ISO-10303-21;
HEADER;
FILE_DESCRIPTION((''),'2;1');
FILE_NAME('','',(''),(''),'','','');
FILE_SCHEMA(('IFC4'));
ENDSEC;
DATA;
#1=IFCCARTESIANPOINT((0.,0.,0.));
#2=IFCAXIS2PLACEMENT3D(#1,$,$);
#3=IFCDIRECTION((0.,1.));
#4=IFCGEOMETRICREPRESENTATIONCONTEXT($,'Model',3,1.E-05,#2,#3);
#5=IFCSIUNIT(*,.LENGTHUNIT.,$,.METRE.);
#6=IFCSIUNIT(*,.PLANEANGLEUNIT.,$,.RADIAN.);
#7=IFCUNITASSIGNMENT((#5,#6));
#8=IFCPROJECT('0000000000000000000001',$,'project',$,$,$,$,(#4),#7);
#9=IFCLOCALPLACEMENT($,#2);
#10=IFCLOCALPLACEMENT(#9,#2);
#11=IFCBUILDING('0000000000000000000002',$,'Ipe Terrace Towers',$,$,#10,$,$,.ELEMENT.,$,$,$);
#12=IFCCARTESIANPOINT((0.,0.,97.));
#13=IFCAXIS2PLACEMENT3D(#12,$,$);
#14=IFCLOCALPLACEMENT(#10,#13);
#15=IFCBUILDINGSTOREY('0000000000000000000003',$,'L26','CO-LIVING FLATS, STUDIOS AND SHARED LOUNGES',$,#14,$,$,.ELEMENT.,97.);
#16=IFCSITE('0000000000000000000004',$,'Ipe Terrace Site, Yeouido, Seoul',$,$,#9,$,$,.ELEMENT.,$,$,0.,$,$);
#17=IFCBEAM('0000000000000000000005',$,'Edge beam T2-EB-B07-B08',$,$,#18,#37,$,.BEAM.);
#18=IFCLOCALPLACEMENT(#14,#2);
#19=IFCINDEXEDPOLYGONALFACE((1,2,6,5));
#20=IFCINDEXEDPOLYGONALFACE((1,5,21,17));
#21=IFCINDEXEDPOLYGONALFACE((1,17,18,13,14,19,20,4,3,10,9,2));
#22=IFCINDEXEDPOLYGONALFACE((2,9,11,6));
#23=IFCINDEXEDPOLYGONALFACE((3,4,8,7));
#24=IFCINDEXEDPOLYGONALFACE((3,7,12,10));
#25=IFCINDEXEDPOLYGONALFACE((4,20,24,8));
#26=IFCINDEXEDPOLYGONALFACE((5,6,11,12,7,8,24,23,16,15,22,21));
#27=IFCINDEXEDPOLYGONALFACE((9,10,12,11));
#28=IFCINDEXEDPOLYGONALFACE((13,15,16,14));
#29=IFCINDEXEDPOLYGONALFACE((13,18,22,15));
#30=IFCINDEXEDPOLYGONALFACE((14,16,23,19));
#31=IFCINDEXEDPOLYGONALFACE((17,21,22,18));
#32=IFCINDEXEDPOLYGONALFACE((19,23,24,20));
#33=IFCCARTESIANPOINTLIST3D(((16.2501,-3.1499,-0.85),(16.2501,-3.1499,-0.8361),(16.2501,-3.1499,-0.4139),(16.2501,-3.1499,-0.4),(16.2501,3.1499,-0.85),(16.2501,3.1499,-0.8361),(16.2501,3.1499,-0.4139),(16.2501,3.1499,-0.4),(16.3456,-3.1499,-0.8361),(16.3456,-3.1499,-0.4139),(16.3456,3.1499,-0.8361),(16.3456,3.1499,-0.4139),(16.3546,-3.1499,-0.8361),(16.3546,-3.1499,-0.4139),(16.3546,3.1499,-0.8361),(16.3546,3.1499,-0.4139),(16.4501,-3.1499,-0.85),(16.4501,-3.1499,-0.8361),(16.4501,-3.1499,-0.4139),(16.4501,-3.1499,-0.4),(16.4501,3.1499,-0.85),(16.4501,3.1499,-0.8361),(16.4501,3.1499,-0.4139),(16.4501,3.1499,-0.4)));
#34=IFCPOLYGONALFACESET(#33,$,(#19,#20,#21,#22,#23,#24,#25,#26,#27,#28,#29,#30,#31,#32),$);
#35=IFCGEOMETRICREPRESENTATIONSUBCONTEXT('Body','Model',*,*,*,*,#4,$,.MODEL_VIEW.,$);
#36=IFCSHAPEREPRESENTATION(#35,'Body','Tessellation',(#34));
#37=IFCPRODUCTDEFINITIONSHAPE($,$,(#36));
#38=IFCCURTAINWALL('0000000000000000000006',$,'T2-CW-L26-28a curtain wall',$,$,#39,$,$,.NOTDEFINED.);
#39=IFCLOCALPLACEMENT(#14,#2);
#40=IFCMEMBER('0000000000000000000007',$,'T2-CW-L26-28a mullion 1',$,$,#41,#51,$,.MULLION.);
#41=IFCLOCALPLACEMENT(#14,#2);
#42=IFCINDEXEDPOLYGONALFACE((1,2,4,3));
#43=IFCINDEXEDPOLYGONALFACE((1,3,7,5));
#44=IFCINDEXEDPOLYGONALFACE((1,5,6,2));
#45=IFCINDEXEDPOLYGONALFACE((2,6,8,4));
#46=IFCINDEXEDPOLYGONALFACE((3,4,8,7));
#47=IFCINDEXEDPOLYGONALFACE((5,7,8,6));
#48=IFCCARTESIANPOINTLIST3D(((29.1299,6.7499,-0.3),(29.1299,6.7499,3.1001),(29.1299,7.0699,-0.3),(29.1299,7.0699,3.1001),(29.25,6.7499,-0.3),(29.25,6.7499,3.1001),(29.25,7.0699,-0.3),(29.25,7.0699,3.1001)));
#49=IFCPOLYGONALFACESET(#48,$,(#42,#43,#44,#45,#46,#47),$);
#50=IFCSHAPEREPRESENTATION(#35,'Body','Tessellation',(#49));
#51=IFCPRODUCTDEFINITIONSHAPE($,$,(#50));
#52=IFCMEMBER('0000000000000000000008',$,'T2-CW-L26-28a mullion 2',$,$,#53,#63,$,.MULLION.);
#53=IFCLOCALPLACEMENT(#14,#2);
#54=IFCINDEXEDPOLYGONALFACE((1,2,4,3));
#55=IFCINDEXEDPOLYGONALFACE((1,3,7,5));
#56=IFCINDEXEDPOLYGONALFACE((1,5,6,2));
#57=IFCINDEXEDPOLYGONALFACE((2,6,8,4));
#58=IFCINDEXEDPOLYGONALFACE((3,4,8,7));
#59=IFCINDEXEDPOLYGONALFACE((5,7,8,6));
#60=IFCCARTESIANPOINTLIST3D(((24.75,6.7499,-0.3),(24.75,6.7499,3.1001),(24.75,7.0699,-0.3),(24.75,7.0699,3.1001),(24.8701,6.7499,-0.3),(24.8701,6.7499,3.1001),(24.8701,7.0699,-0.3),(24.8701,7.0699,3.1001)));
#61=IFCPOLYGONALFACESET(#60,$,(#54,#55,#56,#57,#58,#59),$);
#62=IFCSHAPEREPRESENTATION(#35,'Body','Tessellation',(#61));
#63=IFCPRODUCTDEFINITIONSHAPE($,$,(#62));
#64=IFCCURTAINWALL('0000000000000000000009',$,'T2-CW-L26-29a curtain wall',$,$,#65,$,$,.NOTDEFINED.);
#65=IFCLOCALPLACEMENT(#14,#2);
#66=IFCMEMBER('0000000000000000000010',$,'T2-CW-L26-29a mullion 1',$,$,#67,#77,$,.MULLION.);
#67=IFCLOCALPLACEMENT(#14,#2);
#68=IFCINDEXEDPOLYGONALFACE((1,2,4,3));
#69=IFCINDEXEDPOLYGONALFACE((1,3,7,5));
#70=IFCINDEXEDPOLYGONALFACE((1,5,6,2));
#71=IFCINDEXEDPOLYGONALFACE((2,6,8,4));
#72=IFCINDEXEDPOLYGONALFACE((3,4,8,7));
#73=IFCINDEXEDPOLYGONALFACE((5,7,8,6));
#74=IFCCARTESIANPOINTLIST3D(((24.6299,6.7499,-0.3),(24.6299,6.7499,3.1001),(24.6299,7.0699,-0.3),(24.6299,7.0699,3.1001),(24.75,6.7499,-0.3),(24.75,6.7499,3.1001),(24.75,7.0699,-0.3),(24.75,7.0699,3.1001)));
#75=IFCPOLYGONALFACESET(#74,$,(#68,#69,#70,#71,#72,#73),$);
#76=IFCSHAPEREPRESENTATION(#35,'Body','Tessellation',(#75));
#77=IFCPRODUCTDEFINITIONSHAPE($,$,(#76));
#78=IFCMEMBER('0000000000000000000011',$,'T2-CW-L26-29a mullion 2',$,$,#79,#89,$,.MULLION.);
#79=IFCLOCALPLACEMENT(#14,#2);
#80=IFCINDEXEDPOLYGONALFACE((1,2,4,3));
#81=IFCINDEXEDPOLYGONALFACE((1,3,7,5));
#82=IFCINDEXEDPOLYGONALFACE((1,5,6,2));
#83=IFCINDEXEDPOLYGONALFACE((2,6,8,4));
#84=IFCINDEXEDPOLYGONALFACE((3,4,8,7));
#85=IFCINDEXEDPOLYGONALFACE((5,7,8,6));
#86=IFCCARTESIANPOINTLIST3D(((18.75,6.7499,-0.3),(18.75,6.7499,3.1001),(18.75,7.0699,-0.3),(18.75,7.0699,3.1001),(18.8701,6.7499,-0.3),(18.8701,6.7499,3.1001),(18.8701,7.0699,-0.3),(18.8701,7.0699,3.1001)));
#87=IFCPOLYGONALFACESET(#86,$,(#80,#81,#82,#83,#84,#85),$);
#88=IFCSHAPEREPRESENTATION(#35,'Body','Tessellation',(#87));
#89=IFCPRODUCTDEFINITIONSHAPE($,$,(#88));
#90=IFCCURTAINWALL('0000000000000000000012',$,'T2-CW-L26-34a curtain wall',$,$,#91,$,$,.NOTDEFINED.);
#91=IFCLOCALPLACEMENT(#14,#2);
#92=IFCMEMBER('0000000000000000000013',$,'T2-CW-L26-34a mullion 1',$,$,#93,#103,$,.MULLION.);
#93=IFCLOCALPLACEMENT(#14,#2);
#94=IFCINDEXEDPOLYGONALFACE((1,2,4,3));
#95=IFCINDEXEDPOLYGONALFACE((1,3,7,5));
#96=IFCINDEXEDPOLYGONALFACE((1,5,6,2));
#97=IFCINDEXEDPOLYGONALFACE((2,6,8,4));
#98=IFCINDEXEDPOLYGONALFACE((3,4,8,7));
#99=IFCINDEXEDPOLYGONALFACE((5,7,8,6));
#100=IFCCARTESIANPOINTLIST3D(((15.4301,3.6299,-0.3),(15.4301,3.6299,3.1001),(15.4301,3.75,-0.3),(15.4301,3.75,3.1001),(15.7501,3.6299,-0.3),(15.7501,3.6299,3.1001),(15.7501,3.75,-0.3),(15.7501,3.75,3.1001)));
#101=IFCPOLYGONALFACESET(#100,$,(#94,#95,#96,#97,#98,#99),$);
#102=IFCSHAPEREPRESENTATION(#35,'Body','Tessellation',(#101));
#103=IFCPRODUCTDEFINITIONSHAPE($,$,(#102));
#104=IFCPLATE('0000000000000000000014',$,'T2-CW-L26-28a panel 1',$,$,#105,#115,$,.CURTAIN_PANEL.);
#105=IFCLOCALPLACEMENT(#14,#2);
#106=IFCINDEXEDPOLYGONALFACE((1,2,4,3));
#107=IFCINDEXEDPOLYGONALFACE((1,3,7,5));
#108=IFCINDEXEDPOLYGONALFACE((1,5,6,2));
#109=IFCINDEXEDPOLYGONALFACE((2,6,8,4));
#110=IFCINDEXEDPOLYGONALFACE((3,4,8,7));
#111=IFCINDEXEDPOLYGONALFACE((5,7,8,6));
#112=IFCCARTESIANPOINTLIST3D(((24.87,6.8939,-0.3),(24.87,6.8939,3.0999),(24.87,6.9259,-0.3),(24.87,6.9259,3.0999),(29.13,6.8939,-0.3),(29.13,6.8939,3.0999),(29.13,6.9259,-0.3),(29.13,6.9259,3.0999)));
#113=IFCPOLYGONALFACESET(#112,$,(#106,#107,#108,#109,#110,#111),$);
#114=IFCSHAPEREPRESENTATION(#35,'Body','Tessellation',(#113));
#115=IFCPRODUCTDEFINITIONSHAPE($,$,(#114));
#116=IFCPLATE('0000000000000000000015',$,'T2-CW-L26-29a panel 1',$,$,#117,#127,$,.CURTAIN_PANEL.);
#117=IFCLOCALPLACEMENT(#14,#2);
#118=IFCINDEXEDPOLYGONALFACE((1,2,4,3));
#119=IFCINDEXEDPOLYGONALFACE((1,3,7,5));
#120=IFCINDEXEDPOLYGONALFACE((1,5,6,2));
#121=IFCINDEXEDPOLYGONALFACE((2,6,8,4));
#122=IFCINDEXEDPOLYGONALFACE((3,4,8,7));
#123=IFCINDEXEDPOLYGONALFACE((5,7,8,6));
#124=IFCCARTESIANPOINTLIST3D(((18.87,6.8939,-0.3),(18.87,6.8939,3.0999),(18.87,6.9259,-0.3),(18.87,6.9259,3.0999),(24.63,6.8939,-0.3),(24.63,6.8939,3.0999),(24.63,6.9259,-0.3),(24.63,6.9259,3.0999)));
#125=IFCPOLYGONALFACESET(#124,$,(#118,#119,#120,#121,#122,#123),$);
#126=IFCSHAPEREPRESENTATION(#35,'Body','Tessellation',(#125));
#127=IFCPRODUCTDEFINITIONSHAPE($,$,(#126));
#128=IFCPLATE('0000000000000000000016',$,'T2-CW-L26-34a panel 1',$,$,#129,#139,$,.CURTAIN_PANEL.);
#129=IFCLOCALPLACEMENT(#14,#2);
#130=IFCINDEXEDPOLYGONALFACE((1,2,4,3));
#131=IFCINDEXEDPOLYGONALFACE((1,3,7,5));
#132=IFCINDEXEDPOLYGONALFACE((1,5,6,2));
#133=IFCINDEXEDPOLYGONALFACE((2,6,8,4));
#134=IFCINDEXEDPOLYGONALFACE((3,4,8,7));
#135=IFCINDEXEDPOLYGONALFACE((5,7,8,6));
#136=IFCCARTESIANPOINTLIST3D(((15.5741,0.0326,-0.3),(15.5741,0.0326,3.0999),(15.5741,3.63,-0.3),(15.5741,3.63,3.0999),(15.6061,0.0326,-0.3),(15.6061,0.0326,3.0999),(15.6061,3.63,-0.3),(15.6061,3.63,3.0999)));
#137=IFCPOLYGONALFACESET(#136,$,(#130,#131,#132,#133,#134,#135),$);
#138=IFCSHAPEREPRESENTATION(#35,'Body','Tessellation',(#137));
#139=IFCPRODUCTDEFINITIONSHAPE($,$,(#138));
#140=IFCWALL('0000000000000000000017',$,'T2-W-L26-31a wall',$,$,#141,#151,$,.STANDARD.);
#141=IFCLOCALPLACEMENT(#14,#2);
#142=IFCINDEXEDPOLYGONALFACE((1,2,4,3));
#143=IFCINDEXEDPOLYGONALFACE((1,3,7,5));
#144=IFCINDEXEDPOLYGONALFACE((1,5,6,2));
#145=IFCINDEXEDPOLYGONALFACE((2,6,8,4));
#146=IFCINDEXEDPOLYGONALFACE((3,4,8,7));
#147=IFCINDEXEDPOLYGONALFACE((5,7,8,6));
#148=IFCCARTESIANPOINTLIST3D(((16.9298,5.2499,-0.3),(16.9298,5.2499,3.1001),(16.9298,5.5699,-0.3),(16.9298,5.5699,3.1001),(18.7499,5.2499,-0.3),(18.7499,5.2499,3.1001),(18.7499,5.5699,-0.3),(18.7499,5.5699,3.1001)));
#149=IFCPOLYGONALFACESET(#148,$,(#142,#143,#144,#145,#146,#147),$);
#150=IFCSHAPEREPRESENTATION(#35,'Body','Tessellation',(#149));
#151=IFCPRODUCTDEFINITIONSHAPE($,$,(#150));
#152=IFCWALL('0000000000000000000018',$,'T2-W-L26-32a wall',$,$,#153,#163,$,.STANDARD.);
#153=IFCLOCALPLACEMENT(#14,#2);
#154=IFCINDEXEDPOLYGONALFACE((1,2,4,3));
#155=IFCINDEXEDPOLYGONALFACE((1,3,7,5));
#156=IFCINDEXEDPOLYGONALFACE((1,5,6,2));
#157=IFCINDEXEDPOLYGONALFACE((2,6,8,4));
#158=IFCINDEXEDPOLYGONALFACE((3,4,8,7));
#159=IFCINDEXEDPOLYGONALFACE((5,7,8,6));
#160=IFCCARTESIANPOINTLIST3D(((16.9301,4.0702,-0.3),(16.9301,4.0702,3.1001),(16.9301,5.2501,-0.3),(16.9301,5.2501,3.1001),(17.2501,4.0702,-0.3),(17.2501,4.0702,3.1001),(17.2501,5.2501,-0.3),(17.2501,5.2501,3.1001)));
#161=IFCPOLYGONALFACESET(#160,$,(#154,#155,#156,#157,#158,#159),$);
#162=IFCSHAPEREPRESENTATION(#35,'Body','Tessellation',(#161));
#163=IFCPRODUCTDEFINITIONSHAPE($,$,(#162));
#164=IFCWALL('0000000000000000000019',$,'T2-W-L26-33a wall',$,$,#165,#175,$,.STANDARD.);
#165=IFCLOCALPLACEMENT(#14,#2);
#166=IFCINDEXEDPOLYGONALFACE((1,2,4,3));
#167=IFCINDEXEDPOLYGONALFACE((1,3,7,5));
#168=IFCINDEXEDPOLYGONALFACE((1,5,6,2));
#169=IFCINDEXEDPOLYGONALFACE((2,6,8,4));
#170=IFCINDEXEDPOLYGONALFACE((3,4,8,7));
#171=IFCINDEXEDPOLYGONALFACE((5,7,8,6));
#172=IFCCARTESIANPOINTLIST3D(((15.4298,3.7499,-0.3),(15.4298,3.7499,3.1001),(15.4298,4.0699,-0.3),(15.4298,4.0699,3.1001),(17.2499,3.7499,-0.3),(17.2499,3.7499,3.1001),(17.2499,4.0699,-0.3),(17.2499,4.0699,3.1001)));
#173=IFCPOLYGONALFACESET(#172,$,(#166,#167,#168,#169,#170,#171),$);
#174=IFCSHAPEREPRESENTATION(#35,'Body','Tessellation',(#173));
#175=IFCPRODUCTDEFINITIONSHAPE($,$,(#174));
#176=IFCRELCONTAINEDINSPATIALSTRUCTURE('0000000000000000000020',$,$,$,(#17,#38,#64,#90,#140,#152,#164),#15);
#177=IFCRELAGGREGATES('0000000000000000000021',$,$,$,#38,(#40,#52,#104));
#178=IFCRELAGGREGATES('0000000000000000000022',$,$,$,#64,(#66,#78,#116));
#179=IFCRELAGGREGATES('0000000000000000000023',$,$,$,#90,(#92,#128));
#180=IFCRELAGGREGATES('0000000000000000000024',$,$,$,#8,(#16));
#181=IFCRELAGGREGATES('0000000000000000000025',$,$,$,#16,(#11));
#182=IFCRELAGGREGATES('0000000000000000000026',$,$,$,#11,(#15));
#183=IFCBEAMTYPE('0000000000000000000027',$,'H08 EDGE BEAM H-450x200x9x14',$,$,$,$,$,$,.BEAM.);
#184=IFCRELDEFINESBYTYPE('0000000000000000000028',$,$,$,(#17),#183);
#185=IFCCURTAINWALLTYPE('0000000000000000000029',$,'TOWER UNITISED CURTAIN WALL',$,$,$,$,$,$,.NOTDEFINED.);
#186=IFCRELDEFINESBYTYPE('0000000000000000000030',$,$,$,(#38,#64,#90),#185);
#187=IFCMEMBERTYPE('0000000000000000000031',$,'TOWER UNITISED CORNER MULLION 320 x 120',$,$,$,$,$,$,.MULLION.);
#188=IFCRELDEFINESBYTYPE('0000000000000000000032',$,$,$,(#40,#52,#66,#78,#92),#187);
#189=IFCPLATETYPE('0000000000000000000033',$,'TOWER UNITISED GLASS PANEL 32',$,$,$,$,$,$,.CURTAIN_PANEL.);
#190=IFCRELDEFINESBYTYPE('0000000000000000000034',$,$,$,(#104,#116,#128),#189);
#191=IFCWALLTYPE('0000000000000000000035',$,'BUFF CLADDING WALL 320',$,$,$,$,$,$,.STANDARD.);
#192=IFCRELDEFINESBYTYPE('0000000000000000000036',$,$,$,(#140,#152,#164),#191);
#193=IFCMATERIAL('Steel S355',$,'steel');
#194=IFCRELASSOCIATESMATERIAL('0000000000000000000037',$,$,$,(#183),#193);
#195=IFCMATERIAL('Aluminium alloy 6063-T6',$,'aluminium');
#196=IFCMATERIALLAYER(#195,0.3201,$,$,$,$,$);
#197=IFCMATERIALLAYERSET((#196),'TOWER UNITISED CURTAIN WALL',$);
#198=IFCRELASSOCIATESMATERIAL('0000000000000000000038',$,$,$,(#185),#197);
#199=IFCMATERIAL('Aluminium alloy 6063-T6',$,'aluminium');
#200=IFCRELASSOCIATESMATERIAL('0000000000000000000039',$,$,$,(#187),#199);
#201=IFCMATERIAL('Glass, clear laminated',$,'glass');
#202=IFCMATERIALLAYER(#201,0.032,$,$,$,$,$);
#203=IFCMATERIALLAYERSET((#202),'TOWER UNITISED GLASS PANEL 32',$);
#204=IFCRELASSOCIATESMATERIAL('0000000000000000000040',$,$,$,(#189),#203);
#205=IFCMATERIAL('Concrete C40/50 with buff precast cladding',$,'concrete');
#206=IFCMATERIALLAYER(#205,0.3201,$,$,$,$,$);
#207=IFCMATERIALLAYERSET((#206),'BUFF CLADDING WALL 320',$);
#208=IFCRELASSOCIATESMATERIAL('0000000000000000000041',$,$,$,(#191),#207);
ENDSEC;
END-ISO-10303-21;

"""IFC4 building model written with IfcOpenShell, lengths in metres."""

from ifc_helpers import new_model, si_unit, direction, frame, frame_2d, origin, origin_2d, place, context, subcontext, project, spatial, rectangle, i_section, extrude, material, layer, layer_set, material_profile, profile_set, type_object, element, aggregate, save


model = new_model("IFC4")

# Units and contexts
model_context = context("Model", 3, precision=1e-05, world=origin(), true_north=direction((0.0, 1.0)))
body_context = subcontext(model_context, "Body", "Model", "MODEL_VIEW")
ifc_project = project(units=[si_unit("LENGTHUNIT", "METRE"), si_unit("PLANEANGLEUNIT", "RADIAN")], contexts=[model_context])

# Site, building, storey
site_placement = place(None, origin())
site = spatial("IfcSite", under=ifc_project, at=site_placement, Name="Ipe Terrace Site, Yeouido, Seoul", CompositionType="ELEMENT", RefElevation=0.0)
building_placement = place(site_placement, origin())
building = spatial("IfcBuilding", under=site, at=building_placement, Name="Ipe Terrace Towers", CompositionType="ELEMENT")
storey_placement = place(building_placement, frame((0.0, 0.0, 97.0)))
storey = spatial("IfcBuildingStorey", under=building, at=storey_placement, Name="L26", Description="CO-LIVING FLATS, STUDIOS AND SHARED LOUNGES", CompositionType="ELEMENT", Elevation=97.0)

# Beam
ifc_material_1 = material(Name="Steel S355", Category="steel")
ifc_material_profile_1 = material_profile(ifc_material_1, i_section(OverallWidth=0.2, OverallDepth=0.45, WebThickness=0.009, FlangeThickness=0.0139, at=origin_2d()), Name="H-450x200x9x14")
ifc_profile_set_1 = profile_set([ifc_material_profile_1], Name="Steel S355")
beam_type_1 = type_object("IfcBeamType", Name="H08 EDGE BEAM H-450x200x9x14", PredefinedType="BEAM", material=ifc_profile_set_1)
beam_1_placement = place(storey_placement, frame((16.3501, 3.1499, -0.625), z_axis=(0.0, -1.0, 0.0), x_axis=(1.0, 0.0, 0.0)))
element("IfcBeam", 1, at=beam_1_placement, inside=storey, type_object=beam_type_1, Name="Edge beam T2-EB-B07-B08", PredefinedType="BEAM", context=body_context, shape_type="SweptSolid", body=[
    extrude(i_section(OverallWidth=0.2, OverallDepth=0.45, WebThickness=0.009, FlangeThickness=0.0139, at=origin_2d()), origin(), (0.0, 0.0, 1.0), 6.2998),
])

# Curtain walls, members
ifc_material_2 = material(Name="Aluminium alloy 6063-T6", Category="aluminium")
ifc_layer_1 = layer(ifc_material_2, 0.3201)
ifc_layer_set_1 = layer_set([ifc_layer_1], Name="TOWER UNITISED CURTAIN WALL")
curtain_wall_type = type_object("IfcCurtainWallType", Name="TOWER UNITISED CURTAIN WALL", PredefinedType="NOTDEFINED", material=ifc_layer_set_1)
curtain_wall_1_placement = place(storey_placement, origin())
curtain_wall_1 = element("IfcCurtainWall", 2, at=curtain_wall_1_placement, inside=storey, type_object=curtain_wall_type, Name="T2-CW-L26-28a curtain wall", PredefinedType="NOTDEFINED")
ifc_material_3 = material(Name="Aluminium alloy 6063-T6", Category="aluminium")
ifc_material_profile_2 = material_profile(ifc_material_3, rectangle(XDim=0.3201, YDim=0.1201, at=origin_2d()), Name="TOWER UNITISED CORNER MULLION 320 x 120")
ifc_profile_set_2 = profile_set([ifc_material_profile_2], Name="Aluminium alloy 6063-T6")
member_type = type_object("IfcMemberType", Name="TOWER UNITISED CORNER MULLION 320 x 120", PredefinedType="MULLION", material=ifc_profile_set_2)
member_1_placement = place(storey_placement, frame((29.1899, 6.9099, -0.3), z_axis=(0.0, 0.0, 1.0), x_axis=(0.0, 1.0, 0.0)))
member_1 = element("IfcMember", 3, at=member_1_placement, type_object=member_type, Name="T2-CW-L26-28a mullion 1", PredefinedType="MULLION", context=body_context, shape_type="SweptSolid", body=[
    extrude(rectangle(XDim=0.3201, YDim=0.1201, at=origin_2d()), origin(), (0.0, 0.0, 1.0), 3.4001),
])
member_2_placement = place(storey_placement, frame((24.8101, 6.9099, -0.3), z_axis=(0.0, 0.0, 1.0), x_axis=(0.0, 1.0, 0.0)))
member_2 = element("IfcMember", 4, at=member_2_placement, type_object=member_type, Name="T2-CW-L26-28a mullion 2", PredefinedType="MULLION", context=body_context, shape_type="SweptSolid", body=[
    extrude(rectangle(XDim=0.3201, YDim=0.1201, at=origin_2d()), origin(), (0.0, 0.0, 1.0), 3.4001),
])
curtain_wall_2_placement = place(storey_placement, origin())
curtain_wall_2 = element("IfcCurtainWall", 5, at=curtain_wall_2_placement, inside=storey, type_object=curtain_wall_type, Name="T2-CW-L26-29a curtain wall", PredefinedType="NOTDEFINED")
member_3_placement = place(storey_placement, frame((24.6899, 6.9099, -0.3), z_axis=(0.0, 0.0, 1.0), x_axis=(0.0, 1.0, 0.0)))
member_3 = element("IfcMember", 6, at=member_3_placement, type_object=member_type, Name="T2-CW-L26-29a mullion 1", PredefinedType="MULLION", context=body_context, shape_type="SweptSolid", body=[
    extrude(rectangle(XDim=0.3201, YDim=0.1201, at=origin_2d()), origin(), (0.0, 0.0, 1.0), 3.4001),
])
member_4_placement = place(storey_placement, frame((18.8101, 6.9099, -0.3), z_axis=(0.0, 0.0, 1.0), x_axis=(0.0, 1.0, 0.0)))
member_4 = element("IfcMember", 7, at=member_4_placement, type_object=member_type, Name="T2-CW-L26-29a mullion 2", PredefinedType="MULLION", context=body_context, shape_type="SweptSolid", body=[
    extrude(rectangle(XDim=0.3201, YDim=0.1201, at=origin_2d()), origin(), (0.0, 0.0, 1.0), 3.4001),
])

# Curtain wall, member
curtain_wall_3_placement = place(storey_placement, origin())
curtain_wall_3 = element("IfcCurtainWall", 8, at=curtain_wall_3_placement, inside=storey, type_object=curtain_wall_type, Name="T2-CW-L26-34a curtain wall", PredefinedType="NOTDEFINED")
member_5_placement = place(storey_placement, frame((15.5901, 3.6899, -0.3), z_axis=(0.0, 0.0, 1.0), x_axis=(-1.0, 0.0, 0.0)))
member_5 = element("IfcMember", 9, at=member_5_placement, type_object=member_type, Name="T2-CW-L26-34a mullion 1", PredefinedType="MULLION", context=body_context, shape_type="SweptSolid", body=[
    extrude(rectangle(XDim=0.3201, YDim=0.1201, at=origin_2d()), origin(), (0.0, 0.0, 1.0), 3.4001),
])

# Plates
ifc_material_4 = material(Name="Glass, clear laminated", Category="glass")
ifc_layer_2 = layer(ifc_material_4, 0.032)
ifc_layer_set_2 = layer_set([ifc_layer_2], Name="TOWER UNITISED GLASS PANEL 32")
plate_type = type_object("IfcPlateType", Name="TOWER UNITISED GLASS PANEL 32", PredefinedType="CURTAIN_PANEL", material=ifc_layer_set_2)
plate_1_placement = place(storey_placement, frame((27.0, 6.9099, -0.3), z_axis=(0.0, 0.0, 1.0), x_axis=(-1.0, 0.0, 0.0)))
plate_1 = element("IfcPlate", 10, at=plate_1_placement, type_object=plate_type, Name="T2-CW-L26-28a panel 1", PredefinedType="CURTAIN_PANEL", context=body_context, shape_type="SweptSolid", body=[
    extrude(rectangle(XDim=4.26, YDim=0.032, at=origin_2d()), origin(), (0.0, 0.0, 1.0), 3.3999),
])
aggregate(curtain_wall_1, [member_1, member_2, plate_1])
plate_2_placement = place(storey_placement, frame((21.75, 6.9099, -0.3), z_axis=(0.0, 0.0, 1.0), x_axis=(-1.0, 0.0, 0.0)))
plate_2 = element("IfcPlate", 11, at=plate_2_placement, type_object=plate_type, Name="T2-CW-L26-29a panel 1", PredefinedType="CURTAIN_PANEL", context=body_context, shape_type="SweptSolid", body=[
    extrude(rectangle(XDim=5.76, YDim=0.032, at=origin_2d()), origin(), (0.0, 0.0, 1.0), 3.3999),
])
aggregate(curtain_wall_2, [member_3, member_4, plate_2])
plate_3_placement = place(storey_placement, frame((15.5901, 1.8313, -0.3), z_axis=(0.0, 0.0, 1.0), x_axis=(0.0, -1.0, 0.0)))
plate_3 = element("IfcPlate", 12, at=plate_3_placement, type_object=plate_type, Name="T2-CW-L26-34a panel 1", PredefinedType="CURTAIN_PANEL", context=body_context, shape_type="SweptSolid", body=[
    extrude(rectangle(XDim=3.5974, YDim=0.032, at=origin_2d()), origin(), (0.0, 0.0, 1.0), 3.3999),
])
aggregate(curtain_wall_3, [member_5, plate_3])

# Walls
ifc_material_5 = material(Name="Concrete C40/50 with buff precast cladding", Category="concrete")
ifc_layer_3 = layer(ifc_material_5, 0.3201)
ifc_layer_set_3 = layer_set([ifc_layer_3], Name="BUFF CLADDING WALL 320")
wall_type_1 = type_object("IfcWallType", Name="BUFF CLADDING WALL 320", PredefinedType="STANDARD", material=ifc_layer_set_3)
wall_1_placement = place(storey_placement, frame((18.75, 5.4099, -0.3), z_axis=(0.0, 0.0, 1.0), x_axis=(-1.0, 0.0, 0.0)))
element("IfcWall", 13, at=wall_1_placement, inside=storey, type_object=wall_type_1, Name="T2-W-L26-31a wall", PredefinedType="STANDARD", context=body_context, shape_type="SweptSolid", body=[
    extrude(rectangle(XDim=1.8201, YDim=0.3201, at=frame_2d((0.9102, 0.0))), origin(), (0.0, 0.0, 1.0), 3.4001),
])
wall_2_placement = place(storey_placement, frame((17.0901, 5.25, -0.3), z_axis=(0.0, 0.0, 1.0), x_axis=(0.0, -1.0, 0.0)))
element("IfcWall", 14, at=wall_2_placement, inside=storey, type_object=wall_type_1, Name="T2-W-L26-32a wall", PredefinedType="STANDARD", context=body_context, shape_type="SweptSolid", body=[
    extrude(rectangle(XDim=1.1799, YDim=0.3201, at=frame_2d((0.5898, 0.0))), origin(), (0.0, 0.0, 1.0), 3.4001),
])
wall_3_placement = place(storey_placement, frame((17.25, 3.9099, -0.3), z_axis=(0.0, 0.0, 1.0), x_axis=(-1.0, 0.0, 0.0)))
element("IfcWall", 15, at=wall_3_placement, inside=storey, type_object=wall_type_1, Name="T2-W-L26-33a wall", PredefinedType="STANDARD", context=body_context, shape_type="SweptSolid", body=[
    extrude(rectangle(XDim=1.8201, YDim=0.3201, at=frame_2d((0.9102, 0.0))), origin(), (0.0, 0.0, 1.0), 3.4001),
])

save(model, "model.ifc")
